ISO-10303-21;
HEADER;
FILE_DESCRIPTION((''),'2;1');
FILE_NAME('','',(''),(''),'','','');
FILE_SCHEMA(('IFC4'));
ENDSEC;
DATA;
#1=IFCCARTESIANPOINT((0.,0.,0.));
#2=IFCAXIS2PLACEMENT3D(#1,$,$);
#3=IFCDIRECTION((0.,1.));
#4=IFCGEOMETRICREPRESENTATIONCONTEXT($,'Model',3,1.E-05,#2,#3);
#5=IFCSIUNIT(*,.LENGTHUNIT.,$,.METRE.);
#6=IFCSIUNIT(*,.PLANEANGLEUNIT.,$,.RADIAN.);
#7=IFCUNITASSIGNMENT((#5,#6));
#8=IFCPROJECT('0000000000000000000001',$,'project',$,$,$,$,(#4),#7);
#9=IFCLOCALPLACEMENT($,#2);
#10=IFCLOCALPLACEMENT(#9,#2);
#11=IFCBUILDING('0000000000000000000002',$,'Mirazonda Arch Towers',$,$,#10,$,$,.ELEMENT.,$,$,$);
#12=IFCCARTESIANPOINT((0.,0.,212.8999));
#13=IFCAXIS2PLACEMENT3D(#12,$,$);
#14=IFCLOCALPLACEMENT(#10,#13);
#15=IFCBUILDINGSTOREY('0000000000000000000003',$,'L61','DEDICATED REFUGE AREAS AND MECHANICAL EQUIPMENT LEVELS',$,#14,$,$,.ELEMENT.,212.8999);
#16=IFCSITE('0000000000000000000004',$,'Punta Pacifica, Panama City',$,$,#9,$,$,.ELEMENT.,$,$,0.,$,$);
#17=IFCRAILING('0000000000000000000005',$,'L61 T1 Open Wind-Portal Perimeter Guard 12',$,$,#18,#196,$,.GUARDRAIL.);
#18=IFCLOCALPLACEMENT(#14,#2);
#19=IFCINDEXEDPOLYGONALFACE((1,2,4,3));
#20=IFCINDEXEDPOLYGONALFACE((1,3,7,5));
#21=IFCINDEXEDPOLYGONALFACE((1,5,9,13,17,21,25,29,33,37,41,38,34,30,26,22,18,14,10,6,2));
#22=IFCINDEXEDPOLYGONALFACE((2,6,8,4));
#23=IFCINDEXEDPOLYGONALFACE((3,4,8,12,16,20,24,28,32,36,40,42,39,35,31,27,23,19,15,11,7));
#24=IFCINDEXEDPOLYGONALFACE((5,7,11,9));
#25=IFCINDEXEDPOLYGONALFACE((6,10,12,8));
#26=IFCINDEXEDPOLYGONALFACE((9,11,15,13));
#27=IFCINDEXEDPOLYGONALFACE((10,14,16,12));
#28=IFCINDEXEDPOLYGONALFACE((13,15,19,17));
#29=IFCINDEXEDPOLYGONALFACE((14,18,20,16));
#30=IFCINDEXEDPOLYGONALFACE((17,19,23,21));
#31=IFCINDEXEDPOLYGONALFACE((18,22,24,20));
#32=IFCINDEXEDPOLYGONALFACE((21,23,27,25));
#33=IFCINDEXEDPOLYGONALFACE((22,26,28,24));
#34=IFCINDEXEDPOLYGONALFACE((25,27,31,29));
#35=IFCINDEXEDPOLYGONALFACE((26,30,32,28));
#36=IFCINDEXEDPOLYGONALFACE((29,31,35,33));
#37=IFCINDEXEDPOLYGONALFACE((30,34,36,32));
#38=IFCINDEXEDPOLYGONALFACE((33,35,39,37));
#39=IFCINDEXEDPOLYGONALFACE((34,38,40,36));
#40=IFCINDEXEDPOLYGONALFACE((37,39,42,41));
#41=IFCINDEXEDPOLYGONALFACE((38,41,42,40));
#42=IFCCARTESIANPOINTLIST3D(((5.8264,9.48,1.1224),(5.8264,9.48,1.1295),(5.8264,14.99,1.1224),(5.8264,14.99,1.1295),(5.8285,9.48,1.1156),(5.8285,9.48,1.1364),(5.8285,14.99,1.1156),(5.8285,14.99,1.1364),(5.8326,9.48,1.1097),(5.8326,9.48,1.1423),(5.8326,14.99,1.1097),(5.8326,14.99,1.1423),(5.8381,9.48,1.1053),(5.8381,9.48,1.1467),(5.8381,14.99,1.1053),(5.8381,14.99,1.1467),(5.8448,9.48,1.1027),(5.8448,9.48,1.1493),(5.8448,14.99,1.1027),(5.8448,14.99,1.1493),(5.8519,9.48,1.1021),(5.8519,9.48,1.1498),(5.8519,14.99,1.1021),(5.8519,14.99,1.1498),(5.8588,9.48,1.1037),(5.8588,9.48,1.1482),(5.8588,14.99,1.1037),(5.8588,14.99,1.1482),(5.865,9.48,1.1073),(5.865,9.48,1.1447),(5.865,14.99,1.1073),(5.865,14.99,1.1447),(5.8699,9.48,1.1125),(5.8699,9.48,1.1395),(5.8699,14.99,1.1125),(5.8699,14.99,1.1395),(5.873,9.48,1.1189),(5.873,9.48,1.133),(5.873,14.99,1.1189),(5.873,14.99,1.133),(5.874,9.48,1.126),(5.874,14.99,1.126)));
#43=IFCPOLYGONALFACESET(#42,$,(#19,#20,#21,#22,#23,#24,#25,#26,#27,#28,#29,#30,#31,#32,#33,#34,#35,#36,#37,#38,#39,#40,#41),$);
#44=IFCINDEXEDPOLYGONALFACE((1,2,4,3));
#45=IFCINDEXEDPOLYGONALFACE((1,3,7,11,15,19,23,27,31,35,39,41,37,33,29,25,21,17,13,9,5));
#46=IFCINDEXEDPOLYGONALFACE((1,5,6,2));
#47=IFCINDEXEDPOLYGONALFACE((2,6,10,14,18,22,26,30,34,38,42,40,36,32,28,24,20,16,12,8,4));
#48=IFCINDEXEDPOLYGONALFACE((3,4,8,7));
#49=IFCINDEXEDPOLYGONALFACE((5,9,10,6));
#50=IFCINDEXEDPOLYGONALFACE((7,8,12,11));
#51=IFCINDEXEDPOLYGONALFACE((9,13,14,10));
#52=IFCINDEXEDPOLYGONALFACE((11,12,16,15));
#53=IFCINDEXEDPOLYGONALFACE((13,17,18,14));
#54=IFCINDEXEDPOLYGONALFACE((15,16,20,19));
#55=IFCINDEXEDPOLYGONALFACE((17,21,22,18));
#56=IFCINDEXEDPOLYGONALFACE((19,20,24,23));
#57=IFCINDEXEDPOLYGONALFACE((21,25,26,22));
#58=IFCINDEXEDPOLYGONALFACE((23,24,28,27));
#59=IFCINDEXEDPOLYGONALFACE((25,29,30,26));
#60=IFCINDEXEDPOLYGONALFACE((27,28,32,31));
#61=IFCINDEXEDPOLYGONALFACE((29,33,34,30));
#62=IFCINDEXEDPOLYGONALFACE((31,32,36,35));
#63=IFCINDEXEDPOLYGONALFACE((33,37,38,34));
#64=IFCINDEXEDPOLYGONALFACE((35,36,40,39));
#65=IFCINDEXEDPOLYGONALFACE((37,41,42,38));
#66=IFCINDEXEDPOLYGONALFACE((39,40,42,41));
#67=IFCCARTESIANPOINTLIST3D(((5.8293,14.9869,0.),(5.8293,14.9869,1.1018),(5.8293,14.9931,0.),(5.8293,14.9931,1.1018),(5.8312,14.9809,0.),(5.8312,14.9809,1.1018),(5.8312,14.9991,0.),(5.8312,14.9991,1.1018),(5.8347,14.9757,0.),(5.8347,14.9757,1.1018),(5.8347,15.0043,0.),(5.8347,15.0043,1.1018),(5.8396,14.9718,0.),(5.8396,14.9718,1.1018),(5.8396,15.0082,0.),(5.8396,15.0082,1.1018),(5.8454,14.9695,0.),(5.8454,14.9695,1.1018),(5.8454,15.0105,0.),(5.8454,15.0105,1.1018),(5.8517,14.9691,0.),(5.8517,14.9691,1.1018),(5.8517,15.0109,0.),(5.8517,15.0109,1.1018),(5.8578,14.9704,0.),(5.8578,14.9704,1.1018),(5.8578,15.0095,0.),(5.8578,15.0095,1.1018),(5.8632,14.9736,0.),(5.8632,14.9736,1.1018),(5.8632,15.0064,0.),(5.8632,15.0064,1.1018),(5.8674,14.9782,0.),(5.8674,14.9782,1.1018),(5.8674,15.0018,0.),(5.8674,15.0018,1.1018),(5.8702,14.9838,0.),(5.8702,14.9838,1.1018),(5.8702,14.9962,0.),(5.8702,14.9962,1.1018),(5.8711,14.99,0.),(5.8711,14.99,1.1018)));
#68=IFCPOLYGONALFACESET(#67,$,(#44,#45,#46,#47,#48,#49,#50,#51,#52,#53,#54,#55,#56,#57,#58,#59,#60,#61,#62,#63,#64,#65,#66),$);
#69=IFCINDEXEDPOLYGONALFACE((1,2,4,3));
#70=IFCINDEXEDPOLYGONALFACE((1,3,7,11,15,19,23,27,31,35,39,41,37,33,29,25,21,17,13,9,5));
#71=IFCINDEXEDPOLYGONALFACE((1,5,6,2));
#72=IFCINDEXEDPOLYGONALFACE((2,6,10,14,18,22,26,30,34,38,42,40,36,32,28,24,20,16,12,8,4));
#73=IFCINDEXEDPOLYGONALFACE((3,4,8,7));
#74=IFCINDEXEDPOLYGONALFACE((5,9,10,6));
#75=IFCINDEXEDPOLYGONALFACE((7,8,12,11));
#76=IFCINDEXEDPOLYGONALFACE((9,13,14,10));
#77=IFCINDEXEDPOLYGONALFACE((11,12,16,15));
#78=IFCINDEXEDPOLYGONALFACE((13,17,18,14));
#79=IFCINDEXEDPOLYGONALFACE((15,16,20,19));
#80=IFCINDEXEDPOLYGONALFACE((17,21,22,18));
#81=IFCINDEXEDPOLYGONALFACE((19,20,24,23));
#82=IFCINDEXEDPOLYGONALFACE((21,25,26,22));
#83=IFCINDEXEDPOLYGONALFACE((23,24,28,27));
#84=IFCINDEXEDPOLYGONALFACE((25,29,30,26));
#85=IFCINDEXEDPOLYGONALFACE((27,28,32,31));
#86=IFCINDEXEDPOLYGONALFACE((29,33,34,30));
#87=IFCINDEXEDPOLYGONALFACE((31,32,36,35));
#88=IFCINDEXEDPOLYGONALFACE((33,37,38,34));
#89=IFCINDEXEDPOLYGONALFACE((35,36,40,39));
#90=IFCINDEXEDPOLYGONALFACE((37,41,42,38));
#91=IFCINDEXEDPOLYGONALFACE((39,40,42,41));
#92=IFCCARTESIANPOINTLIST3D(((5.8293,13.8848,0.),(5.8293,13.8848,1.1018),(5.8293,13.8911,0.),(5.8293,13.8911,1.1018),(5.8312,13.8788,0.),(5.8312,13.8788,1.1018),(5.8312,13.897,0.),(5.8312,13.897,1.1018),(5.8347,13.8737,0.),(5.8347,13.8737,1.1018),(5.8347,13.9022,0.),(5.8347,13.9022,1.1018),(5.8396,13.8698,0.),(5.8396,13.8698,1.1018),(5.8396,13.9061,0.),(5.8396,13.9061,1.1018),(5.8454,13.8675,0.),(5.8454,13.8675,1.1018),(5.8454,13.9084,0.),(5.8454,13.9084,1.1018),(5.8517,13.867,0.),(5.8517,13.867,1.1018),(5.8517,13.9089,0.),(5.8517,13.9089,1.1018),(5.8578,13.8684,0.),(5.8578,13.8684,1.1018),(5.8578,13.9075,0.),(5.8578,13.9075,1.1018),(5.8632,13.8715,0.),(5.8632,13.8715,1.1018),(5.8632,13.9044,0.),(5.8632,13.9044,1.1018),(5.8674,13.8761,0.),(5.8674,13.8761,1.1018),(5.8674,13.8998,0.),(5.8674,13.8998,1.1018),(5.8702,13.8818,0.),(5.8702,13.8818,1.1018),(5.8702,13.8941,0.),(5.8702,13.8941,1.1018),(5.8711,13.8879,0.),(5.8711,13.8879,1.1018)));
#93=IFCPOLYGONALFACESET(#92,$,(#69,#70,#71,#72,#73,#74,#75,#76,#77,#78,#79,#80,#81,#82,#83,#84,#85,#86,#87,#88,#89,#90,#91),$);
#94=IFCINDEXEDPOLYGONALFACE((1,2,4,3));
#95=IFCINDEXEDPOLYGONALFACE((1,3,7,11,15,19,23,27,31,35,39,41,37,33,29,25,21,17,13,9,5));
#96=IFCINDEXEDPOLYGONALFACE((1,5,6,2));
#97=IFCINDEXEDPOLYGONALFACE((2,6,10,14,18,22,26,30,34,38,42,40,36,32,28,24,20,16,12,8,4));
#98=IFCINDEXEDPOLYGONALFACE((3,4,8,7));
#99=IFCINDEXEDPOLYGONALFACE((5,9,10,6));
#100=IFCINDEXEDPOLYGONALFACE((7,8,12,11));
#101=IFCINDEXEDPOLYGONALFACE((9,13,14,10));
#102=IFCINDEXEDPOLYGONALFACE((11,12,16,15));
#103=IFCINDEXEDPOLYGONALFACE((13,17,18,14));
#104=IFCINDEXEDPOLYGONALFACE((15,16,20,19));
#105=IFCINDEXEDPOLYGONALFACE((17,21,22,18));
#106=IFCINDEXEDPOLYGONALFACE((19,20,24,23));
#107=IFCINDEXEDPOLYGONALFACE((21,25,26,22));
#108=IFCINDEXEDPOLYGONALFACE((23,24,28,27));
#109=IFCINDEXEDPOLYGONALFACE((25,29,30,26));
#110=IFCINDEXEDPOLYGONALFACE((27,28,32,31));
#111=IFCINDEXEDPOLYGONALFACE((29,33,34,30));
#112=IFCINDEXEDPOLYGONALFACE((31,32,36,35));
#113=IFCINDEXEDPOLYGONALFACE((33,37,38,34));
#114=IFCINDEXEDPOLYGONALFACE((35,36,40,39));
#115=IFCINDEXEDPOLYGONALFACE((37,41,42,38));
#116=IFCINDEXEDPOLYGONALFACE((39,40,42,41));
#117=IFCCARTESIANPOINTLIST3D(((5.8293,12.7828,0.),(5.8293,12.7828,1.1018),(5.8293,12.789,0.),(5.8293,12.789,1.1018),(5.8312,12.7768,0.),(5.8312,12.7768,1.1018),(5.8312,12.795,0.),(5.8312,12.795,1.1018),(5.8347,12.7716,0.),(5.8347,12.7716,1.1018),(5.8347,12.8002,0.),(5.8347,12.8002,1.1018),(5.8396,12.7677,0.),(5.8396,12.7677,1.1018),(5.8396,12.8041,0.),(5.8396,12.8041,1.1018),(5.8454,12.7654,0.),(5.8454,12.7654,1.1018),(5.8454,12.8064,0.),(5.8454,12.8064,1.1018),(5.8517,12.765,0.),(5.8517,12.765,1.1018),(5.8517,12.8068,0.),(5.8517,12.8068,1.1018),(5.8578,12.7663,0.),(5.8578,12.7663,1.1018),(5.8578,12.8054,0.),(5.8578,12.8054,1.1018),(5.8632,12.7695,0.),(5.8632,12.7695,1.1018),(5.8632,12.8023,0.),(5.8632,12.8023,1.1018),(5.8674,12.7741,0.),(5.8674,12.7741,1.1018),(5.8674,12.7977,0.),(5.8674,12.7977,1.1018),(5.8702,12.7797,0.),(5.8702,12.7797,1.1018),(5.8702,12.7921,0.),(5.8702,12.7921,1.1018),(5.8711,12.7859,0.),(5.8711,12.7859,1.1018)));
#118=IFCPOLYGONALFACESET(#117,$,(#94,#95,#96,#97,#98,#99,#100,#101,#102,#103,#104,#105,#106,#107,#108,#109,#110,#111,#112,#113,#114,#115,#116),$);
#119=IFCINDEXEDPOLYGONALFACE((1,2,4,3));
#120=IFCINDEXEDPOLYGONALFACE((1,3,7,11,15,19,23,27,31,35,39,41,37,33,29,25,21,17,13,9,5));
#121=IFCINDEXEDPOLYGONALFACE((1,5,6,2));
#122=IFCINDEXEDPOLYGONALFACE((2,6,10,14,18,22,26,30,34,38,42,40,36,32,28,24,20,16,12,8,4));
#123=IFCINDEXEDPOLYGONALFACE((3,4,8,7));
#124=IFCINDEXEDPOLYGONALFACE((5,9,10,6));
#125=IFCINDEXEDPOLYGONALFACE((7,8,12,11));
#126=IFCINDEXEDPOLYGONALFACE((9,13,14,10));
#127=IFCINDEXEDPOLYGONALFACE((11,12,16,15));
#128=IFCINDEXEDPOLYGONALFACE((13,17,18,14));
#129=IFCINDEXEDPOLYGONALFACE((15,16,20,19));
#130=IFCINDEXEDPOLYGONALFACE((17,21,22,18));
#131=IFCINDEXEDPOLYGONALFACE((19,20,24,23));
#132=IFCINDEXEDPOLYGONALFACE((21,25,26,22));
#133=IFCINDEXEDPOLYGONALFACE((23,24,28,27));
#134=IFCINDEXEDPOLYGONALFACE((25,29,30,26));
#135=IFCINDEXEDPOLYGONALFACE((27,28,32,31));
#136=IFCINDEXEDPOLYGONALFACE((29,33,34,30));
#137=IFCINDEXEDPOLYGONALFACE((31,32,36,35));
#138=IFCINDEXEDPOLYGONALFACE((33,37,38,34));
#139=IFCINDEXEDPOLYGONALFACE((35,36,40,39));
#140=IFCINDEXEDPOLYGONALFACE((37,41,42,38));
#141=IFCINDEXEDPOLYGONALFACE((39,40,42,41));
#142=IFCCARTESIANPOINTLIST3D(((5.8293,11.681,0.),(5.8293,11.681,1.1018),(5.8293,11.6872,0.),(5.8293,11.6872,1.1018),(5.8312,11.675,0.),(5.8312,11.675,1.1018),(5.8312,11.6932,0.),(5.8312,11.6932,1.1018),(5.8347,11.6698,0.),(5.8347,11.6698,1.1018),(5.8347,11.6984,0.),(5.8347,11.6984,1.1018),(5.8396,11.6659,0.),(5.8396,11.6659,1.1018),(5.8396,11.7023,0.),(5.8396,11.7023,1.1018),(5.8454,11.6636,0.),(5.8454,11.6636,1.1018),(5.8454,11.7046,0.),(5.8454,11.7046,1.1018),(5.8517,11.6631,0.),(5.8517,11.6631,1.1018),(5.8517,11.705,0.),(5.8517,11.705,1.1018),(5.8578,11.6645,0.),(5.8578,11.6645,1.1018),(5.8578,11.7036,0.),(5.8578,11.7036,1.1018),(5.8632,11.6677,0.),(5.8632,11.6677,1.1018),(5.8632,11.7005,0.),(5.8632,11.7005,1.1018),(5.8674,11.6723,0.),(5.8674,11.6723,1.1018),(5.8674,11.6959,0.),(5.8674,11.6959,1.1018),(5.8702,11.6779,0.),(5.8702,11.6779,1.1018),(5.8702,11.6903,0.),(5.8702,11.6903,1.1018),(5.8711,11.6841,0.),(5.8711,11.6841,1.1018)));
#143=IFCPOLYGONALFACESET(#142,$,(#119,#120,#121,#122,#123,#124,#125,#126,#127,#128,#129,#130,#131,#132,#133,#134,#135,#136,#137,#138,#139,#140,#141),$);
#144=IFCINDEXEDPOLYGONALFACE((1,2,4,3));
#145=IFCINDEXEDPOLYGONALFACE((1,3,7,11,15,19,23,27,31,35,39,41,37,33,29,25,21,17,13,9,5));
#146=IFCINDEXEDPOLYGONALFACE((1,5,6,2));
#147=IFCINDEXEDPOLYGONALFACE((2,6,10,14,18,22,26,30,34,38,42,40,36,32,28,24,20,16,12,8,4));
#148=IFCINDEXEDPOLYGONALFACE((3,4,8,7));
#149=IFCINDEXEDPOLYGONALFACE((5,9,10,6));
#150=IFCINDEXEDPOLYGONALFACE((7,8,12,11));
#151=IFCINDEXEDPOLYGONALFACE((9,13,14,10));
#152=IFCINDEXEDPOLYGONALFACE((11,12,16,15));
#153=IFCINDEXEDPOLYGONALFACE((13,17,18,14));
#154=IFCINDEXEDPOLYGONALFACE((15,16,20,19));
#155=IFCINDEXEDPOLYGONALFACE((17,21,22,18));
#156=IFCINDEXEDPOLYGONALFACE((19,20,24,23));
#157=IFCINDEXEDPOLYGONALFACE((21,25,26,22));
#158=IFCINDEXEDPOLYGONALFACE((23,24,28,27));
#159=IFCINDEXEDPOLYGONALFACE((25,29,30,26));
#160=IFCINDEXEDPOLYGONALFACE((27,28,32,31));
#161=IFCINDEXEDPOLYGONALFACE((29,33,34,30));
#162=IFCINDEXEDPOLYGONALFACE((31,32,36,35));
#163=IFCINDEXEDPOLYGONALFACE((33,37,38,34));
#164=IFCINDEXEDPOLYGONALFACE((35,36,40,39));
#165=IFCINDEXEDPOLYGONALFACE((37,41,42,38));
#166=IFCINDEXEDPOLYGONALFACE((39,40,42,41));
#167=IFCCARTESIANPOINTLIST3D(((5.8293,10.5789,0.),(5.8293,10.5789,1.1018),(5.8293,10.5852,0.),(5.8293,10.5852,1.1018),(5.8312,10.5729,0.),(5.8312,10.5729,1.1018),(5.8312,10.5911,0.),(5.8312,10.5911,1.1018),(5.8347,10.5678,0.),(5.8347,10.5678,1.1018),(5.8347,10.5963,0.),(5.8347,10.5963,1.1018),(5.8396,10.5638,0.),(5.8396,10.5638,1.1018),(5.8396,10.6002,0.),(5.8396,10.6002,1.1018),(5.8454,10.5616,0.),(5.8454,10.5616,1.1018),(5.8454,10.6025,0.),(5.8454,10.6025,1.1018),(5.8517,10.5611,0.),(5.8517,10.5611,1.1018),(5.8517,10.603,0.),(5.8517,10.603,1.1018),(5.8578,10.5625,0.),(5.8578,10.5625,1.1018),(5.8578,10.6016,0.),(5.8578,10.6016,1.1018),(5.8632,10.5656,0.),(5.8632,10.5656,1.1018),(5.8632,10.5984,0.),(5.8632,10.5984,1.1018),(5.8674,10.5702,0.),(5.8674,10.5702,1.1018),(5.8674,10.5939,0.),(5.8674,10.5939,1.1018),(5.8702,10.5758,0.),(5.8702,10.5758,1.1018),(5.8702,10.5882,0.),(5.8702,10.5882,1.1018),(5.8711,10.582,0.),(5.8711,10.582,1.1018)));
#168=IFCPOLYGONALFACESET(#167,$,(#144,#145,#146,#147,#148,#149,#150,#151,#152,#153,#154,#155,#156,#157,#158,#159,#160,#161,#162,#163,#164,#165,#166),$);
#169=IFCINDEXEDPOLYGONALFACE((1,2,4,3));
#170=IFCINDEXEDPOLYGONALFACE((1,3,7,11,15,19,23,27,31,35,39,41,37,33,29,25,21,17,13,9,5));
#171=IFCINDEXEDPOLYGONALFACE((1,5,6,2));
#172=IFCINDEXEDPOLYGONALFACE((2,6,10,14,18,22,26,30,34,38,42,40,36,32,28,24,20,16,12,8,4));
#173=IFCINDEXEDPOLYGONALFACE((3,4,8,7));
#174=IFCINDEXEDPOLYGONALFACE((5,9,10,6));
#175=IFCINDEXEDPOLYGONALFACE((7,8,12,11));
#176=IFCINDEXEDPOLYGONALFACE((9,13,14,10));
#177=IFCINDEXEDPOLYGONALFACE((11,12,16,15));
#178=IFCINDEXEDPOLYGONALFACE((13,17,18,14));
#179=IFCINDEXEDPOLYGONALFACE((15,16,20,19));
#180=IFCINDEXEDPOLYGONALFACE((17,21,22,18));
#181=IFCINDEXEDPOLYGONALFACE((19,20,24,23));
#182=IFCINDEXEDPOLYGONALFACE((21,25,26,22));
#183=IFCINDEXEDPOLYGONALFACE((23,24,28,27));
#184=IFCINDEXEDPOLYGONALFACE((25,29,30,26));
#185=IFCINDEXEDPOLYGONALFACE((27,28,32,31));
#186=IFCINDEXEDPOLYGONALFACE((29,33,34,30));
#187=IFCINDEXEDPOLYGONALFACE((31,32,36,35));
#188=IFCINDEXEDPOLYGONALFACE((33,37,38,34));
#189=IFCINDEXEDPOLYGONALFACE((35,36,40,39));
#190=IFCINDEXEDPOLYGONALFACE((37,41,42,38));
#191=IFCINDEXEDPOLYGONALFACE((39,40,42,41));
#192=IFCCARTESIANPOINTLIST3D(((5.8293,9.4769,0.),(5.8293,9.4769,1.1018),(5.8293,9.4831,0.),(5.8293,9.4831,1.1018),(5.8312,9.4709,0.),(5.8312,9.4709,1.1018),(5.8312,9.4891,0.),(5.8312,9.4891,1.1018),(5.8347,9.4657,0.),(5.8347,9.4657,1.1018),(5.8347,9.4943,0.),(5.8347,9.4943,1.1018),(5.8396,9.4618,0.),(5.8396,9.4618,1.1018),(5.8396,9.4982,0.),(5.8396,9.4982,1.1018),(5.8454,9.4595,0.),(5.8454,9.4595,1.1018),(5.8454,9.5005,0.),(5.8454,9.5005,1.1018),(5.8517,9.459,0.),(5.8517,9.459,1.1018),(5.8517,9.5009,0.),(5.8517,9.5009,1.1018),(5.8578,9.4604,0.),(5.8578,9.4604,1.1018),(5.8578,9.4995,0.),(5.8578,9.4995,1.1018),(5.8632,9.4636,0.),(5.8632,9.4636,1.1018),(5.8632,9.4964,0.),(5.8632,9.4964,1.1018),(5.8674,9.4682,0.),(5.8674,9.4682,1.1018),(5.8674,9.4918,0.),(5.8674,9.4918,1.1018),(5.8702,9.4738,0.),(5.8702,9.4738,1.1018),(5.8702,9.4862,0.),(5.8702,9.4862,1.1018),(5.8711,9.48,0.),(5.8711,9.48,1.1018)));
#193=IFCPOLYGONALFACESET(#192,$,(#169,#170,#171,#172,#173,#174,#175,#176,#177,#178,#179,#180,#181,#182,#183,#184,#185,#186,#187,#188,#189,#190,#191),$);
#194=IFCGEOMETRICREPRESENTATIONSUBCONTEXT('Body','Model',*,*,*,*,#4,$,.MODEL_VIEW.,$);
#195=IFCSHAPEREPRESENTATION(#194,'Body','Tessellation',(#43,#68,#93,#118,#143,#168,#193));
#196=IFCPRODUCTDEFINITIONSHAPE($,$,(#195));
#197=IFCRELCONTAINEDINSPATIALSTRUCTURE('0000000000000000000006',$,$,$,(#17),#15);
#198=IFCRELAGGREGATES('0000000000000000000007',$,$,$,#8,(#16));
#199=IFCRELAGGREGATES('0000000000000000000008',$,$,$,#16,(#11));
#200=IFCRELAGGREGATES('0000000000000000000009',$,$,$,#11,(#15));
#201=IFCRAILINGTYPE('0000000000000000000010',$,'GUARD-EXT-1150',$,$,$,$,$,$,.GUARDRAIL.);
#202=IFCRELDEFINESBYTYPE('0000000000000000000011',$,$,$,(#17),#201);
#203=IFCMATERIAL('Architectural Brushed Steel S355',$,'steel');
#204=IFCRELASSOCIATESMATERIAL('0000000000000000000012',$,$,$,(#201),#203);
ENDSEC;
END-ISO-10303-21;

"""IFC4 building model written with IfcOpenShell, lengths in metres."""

from ifc_helpers import new_model, si_unit, direction, frame, origin, origin_2d, place, context, subcontext, project, spatial, circle, extrude, material, type_object, element, save


model = new_model("IFC4")

# Units and contexts
model_context = context("Model", 3, precision=1e-05, world=origin(), true_north=direction((0.0, 1.0)))
body_context = subcontext(model_context, "Body", "Model", "MODEL_VIEW")
ifc_project = project(units=[si_unit("LENGTHUNIT", "METRE"), si_unit("PLANEANGLEUNIT", "RADIAN")], contexts=[model_context])

# Site, building, storey
site_placement = place(None, origin())
site = spatial("IfcSite", under=ifc_project, at=site_placement, Name="Punta Pacifica, Panama City", CompositionType="ELEMENT", RefElevation=0.0)
building_placement = place(site_placement, origin())
building = spatial("IfcBuilding", under=site, at=building_placement, Name="Mirazonda Arch Towers", CompositionType="ELEMENT")
storey_placement = place(building_placement, frame((0.0, 0.0, 212.8999)))
storey = spatial("IfcBuildingStorey", under=building, at=storey_placement, Name="L61", Description="DEDICATED REFUGE AREAS AND MECHANICAL EQUIPMENT LEVELS", CompositionType="ELEMENT", Elevation=212.8999)

# Railing
ifc_material_1 = material(Name="Architectural Brushed Steel S355", Category="steel")
railing_type = type_object("IfcRailingType", Name="GUARD-EXT-1150", PredefinedType="GUARDRAIL", material=ifc_material_1)
railing_1_placement = place(storey_placement, frame((5.8501, 14.99, 0.0)))
element("IfcRailing", 1, at=railing_1_placement, inside=storey, type_object=railing_type, Name="L61 T1 Open Wind-Portal Perimeter Guard 12", PredefinedType="GUARDRAIL", context=body_context, shape_type="SweptSolid", body=[
    extrude(circle(Radius=0.0239, at=origin_2d()), frame((0.0, 0.0, 1.126), z_axis=(0.0, -1.0, 0.0), x_axis=(1.0, 0.0, 0.0)), (0.0, 0.0, 1.0), 5.51),
    extrude(circle(Radius=0.021, at=origin_2d()), origin(), (0.0, 0.0, 1.0), 1.1018),
    extrude(circle(Radius=0.021, at=origin_2d()), frame((0.0, -1.1021, 0.0)), (0.0, 0.0, 1.0), 1.1018),
    extrude(circle(Radius=0.021, at=origin_2d()), frame((0.0, -2.2041, 0.0)), (0.0, 0.0, 1.0), 1.1018),
    extrude(circle(Radius=0.021, at=origin_2d()), frame((0.0, -3.3059, 0.0)), (0.0, 0.0, 1.0), 1.1018),
    extrude(circle(Radius=0.021, at=origin_2d()), frame((0.0, -4.408, 0.0)), (0.0, 0.0, 1.0), 1.1018),
    extrude(circle(Radius=0.021, at=origin_2d()), frame((0.0, -5.51, 0.0)), (0.0, 0.0, 1.0), 1.1018),
])

save(model, "model.ifc")
